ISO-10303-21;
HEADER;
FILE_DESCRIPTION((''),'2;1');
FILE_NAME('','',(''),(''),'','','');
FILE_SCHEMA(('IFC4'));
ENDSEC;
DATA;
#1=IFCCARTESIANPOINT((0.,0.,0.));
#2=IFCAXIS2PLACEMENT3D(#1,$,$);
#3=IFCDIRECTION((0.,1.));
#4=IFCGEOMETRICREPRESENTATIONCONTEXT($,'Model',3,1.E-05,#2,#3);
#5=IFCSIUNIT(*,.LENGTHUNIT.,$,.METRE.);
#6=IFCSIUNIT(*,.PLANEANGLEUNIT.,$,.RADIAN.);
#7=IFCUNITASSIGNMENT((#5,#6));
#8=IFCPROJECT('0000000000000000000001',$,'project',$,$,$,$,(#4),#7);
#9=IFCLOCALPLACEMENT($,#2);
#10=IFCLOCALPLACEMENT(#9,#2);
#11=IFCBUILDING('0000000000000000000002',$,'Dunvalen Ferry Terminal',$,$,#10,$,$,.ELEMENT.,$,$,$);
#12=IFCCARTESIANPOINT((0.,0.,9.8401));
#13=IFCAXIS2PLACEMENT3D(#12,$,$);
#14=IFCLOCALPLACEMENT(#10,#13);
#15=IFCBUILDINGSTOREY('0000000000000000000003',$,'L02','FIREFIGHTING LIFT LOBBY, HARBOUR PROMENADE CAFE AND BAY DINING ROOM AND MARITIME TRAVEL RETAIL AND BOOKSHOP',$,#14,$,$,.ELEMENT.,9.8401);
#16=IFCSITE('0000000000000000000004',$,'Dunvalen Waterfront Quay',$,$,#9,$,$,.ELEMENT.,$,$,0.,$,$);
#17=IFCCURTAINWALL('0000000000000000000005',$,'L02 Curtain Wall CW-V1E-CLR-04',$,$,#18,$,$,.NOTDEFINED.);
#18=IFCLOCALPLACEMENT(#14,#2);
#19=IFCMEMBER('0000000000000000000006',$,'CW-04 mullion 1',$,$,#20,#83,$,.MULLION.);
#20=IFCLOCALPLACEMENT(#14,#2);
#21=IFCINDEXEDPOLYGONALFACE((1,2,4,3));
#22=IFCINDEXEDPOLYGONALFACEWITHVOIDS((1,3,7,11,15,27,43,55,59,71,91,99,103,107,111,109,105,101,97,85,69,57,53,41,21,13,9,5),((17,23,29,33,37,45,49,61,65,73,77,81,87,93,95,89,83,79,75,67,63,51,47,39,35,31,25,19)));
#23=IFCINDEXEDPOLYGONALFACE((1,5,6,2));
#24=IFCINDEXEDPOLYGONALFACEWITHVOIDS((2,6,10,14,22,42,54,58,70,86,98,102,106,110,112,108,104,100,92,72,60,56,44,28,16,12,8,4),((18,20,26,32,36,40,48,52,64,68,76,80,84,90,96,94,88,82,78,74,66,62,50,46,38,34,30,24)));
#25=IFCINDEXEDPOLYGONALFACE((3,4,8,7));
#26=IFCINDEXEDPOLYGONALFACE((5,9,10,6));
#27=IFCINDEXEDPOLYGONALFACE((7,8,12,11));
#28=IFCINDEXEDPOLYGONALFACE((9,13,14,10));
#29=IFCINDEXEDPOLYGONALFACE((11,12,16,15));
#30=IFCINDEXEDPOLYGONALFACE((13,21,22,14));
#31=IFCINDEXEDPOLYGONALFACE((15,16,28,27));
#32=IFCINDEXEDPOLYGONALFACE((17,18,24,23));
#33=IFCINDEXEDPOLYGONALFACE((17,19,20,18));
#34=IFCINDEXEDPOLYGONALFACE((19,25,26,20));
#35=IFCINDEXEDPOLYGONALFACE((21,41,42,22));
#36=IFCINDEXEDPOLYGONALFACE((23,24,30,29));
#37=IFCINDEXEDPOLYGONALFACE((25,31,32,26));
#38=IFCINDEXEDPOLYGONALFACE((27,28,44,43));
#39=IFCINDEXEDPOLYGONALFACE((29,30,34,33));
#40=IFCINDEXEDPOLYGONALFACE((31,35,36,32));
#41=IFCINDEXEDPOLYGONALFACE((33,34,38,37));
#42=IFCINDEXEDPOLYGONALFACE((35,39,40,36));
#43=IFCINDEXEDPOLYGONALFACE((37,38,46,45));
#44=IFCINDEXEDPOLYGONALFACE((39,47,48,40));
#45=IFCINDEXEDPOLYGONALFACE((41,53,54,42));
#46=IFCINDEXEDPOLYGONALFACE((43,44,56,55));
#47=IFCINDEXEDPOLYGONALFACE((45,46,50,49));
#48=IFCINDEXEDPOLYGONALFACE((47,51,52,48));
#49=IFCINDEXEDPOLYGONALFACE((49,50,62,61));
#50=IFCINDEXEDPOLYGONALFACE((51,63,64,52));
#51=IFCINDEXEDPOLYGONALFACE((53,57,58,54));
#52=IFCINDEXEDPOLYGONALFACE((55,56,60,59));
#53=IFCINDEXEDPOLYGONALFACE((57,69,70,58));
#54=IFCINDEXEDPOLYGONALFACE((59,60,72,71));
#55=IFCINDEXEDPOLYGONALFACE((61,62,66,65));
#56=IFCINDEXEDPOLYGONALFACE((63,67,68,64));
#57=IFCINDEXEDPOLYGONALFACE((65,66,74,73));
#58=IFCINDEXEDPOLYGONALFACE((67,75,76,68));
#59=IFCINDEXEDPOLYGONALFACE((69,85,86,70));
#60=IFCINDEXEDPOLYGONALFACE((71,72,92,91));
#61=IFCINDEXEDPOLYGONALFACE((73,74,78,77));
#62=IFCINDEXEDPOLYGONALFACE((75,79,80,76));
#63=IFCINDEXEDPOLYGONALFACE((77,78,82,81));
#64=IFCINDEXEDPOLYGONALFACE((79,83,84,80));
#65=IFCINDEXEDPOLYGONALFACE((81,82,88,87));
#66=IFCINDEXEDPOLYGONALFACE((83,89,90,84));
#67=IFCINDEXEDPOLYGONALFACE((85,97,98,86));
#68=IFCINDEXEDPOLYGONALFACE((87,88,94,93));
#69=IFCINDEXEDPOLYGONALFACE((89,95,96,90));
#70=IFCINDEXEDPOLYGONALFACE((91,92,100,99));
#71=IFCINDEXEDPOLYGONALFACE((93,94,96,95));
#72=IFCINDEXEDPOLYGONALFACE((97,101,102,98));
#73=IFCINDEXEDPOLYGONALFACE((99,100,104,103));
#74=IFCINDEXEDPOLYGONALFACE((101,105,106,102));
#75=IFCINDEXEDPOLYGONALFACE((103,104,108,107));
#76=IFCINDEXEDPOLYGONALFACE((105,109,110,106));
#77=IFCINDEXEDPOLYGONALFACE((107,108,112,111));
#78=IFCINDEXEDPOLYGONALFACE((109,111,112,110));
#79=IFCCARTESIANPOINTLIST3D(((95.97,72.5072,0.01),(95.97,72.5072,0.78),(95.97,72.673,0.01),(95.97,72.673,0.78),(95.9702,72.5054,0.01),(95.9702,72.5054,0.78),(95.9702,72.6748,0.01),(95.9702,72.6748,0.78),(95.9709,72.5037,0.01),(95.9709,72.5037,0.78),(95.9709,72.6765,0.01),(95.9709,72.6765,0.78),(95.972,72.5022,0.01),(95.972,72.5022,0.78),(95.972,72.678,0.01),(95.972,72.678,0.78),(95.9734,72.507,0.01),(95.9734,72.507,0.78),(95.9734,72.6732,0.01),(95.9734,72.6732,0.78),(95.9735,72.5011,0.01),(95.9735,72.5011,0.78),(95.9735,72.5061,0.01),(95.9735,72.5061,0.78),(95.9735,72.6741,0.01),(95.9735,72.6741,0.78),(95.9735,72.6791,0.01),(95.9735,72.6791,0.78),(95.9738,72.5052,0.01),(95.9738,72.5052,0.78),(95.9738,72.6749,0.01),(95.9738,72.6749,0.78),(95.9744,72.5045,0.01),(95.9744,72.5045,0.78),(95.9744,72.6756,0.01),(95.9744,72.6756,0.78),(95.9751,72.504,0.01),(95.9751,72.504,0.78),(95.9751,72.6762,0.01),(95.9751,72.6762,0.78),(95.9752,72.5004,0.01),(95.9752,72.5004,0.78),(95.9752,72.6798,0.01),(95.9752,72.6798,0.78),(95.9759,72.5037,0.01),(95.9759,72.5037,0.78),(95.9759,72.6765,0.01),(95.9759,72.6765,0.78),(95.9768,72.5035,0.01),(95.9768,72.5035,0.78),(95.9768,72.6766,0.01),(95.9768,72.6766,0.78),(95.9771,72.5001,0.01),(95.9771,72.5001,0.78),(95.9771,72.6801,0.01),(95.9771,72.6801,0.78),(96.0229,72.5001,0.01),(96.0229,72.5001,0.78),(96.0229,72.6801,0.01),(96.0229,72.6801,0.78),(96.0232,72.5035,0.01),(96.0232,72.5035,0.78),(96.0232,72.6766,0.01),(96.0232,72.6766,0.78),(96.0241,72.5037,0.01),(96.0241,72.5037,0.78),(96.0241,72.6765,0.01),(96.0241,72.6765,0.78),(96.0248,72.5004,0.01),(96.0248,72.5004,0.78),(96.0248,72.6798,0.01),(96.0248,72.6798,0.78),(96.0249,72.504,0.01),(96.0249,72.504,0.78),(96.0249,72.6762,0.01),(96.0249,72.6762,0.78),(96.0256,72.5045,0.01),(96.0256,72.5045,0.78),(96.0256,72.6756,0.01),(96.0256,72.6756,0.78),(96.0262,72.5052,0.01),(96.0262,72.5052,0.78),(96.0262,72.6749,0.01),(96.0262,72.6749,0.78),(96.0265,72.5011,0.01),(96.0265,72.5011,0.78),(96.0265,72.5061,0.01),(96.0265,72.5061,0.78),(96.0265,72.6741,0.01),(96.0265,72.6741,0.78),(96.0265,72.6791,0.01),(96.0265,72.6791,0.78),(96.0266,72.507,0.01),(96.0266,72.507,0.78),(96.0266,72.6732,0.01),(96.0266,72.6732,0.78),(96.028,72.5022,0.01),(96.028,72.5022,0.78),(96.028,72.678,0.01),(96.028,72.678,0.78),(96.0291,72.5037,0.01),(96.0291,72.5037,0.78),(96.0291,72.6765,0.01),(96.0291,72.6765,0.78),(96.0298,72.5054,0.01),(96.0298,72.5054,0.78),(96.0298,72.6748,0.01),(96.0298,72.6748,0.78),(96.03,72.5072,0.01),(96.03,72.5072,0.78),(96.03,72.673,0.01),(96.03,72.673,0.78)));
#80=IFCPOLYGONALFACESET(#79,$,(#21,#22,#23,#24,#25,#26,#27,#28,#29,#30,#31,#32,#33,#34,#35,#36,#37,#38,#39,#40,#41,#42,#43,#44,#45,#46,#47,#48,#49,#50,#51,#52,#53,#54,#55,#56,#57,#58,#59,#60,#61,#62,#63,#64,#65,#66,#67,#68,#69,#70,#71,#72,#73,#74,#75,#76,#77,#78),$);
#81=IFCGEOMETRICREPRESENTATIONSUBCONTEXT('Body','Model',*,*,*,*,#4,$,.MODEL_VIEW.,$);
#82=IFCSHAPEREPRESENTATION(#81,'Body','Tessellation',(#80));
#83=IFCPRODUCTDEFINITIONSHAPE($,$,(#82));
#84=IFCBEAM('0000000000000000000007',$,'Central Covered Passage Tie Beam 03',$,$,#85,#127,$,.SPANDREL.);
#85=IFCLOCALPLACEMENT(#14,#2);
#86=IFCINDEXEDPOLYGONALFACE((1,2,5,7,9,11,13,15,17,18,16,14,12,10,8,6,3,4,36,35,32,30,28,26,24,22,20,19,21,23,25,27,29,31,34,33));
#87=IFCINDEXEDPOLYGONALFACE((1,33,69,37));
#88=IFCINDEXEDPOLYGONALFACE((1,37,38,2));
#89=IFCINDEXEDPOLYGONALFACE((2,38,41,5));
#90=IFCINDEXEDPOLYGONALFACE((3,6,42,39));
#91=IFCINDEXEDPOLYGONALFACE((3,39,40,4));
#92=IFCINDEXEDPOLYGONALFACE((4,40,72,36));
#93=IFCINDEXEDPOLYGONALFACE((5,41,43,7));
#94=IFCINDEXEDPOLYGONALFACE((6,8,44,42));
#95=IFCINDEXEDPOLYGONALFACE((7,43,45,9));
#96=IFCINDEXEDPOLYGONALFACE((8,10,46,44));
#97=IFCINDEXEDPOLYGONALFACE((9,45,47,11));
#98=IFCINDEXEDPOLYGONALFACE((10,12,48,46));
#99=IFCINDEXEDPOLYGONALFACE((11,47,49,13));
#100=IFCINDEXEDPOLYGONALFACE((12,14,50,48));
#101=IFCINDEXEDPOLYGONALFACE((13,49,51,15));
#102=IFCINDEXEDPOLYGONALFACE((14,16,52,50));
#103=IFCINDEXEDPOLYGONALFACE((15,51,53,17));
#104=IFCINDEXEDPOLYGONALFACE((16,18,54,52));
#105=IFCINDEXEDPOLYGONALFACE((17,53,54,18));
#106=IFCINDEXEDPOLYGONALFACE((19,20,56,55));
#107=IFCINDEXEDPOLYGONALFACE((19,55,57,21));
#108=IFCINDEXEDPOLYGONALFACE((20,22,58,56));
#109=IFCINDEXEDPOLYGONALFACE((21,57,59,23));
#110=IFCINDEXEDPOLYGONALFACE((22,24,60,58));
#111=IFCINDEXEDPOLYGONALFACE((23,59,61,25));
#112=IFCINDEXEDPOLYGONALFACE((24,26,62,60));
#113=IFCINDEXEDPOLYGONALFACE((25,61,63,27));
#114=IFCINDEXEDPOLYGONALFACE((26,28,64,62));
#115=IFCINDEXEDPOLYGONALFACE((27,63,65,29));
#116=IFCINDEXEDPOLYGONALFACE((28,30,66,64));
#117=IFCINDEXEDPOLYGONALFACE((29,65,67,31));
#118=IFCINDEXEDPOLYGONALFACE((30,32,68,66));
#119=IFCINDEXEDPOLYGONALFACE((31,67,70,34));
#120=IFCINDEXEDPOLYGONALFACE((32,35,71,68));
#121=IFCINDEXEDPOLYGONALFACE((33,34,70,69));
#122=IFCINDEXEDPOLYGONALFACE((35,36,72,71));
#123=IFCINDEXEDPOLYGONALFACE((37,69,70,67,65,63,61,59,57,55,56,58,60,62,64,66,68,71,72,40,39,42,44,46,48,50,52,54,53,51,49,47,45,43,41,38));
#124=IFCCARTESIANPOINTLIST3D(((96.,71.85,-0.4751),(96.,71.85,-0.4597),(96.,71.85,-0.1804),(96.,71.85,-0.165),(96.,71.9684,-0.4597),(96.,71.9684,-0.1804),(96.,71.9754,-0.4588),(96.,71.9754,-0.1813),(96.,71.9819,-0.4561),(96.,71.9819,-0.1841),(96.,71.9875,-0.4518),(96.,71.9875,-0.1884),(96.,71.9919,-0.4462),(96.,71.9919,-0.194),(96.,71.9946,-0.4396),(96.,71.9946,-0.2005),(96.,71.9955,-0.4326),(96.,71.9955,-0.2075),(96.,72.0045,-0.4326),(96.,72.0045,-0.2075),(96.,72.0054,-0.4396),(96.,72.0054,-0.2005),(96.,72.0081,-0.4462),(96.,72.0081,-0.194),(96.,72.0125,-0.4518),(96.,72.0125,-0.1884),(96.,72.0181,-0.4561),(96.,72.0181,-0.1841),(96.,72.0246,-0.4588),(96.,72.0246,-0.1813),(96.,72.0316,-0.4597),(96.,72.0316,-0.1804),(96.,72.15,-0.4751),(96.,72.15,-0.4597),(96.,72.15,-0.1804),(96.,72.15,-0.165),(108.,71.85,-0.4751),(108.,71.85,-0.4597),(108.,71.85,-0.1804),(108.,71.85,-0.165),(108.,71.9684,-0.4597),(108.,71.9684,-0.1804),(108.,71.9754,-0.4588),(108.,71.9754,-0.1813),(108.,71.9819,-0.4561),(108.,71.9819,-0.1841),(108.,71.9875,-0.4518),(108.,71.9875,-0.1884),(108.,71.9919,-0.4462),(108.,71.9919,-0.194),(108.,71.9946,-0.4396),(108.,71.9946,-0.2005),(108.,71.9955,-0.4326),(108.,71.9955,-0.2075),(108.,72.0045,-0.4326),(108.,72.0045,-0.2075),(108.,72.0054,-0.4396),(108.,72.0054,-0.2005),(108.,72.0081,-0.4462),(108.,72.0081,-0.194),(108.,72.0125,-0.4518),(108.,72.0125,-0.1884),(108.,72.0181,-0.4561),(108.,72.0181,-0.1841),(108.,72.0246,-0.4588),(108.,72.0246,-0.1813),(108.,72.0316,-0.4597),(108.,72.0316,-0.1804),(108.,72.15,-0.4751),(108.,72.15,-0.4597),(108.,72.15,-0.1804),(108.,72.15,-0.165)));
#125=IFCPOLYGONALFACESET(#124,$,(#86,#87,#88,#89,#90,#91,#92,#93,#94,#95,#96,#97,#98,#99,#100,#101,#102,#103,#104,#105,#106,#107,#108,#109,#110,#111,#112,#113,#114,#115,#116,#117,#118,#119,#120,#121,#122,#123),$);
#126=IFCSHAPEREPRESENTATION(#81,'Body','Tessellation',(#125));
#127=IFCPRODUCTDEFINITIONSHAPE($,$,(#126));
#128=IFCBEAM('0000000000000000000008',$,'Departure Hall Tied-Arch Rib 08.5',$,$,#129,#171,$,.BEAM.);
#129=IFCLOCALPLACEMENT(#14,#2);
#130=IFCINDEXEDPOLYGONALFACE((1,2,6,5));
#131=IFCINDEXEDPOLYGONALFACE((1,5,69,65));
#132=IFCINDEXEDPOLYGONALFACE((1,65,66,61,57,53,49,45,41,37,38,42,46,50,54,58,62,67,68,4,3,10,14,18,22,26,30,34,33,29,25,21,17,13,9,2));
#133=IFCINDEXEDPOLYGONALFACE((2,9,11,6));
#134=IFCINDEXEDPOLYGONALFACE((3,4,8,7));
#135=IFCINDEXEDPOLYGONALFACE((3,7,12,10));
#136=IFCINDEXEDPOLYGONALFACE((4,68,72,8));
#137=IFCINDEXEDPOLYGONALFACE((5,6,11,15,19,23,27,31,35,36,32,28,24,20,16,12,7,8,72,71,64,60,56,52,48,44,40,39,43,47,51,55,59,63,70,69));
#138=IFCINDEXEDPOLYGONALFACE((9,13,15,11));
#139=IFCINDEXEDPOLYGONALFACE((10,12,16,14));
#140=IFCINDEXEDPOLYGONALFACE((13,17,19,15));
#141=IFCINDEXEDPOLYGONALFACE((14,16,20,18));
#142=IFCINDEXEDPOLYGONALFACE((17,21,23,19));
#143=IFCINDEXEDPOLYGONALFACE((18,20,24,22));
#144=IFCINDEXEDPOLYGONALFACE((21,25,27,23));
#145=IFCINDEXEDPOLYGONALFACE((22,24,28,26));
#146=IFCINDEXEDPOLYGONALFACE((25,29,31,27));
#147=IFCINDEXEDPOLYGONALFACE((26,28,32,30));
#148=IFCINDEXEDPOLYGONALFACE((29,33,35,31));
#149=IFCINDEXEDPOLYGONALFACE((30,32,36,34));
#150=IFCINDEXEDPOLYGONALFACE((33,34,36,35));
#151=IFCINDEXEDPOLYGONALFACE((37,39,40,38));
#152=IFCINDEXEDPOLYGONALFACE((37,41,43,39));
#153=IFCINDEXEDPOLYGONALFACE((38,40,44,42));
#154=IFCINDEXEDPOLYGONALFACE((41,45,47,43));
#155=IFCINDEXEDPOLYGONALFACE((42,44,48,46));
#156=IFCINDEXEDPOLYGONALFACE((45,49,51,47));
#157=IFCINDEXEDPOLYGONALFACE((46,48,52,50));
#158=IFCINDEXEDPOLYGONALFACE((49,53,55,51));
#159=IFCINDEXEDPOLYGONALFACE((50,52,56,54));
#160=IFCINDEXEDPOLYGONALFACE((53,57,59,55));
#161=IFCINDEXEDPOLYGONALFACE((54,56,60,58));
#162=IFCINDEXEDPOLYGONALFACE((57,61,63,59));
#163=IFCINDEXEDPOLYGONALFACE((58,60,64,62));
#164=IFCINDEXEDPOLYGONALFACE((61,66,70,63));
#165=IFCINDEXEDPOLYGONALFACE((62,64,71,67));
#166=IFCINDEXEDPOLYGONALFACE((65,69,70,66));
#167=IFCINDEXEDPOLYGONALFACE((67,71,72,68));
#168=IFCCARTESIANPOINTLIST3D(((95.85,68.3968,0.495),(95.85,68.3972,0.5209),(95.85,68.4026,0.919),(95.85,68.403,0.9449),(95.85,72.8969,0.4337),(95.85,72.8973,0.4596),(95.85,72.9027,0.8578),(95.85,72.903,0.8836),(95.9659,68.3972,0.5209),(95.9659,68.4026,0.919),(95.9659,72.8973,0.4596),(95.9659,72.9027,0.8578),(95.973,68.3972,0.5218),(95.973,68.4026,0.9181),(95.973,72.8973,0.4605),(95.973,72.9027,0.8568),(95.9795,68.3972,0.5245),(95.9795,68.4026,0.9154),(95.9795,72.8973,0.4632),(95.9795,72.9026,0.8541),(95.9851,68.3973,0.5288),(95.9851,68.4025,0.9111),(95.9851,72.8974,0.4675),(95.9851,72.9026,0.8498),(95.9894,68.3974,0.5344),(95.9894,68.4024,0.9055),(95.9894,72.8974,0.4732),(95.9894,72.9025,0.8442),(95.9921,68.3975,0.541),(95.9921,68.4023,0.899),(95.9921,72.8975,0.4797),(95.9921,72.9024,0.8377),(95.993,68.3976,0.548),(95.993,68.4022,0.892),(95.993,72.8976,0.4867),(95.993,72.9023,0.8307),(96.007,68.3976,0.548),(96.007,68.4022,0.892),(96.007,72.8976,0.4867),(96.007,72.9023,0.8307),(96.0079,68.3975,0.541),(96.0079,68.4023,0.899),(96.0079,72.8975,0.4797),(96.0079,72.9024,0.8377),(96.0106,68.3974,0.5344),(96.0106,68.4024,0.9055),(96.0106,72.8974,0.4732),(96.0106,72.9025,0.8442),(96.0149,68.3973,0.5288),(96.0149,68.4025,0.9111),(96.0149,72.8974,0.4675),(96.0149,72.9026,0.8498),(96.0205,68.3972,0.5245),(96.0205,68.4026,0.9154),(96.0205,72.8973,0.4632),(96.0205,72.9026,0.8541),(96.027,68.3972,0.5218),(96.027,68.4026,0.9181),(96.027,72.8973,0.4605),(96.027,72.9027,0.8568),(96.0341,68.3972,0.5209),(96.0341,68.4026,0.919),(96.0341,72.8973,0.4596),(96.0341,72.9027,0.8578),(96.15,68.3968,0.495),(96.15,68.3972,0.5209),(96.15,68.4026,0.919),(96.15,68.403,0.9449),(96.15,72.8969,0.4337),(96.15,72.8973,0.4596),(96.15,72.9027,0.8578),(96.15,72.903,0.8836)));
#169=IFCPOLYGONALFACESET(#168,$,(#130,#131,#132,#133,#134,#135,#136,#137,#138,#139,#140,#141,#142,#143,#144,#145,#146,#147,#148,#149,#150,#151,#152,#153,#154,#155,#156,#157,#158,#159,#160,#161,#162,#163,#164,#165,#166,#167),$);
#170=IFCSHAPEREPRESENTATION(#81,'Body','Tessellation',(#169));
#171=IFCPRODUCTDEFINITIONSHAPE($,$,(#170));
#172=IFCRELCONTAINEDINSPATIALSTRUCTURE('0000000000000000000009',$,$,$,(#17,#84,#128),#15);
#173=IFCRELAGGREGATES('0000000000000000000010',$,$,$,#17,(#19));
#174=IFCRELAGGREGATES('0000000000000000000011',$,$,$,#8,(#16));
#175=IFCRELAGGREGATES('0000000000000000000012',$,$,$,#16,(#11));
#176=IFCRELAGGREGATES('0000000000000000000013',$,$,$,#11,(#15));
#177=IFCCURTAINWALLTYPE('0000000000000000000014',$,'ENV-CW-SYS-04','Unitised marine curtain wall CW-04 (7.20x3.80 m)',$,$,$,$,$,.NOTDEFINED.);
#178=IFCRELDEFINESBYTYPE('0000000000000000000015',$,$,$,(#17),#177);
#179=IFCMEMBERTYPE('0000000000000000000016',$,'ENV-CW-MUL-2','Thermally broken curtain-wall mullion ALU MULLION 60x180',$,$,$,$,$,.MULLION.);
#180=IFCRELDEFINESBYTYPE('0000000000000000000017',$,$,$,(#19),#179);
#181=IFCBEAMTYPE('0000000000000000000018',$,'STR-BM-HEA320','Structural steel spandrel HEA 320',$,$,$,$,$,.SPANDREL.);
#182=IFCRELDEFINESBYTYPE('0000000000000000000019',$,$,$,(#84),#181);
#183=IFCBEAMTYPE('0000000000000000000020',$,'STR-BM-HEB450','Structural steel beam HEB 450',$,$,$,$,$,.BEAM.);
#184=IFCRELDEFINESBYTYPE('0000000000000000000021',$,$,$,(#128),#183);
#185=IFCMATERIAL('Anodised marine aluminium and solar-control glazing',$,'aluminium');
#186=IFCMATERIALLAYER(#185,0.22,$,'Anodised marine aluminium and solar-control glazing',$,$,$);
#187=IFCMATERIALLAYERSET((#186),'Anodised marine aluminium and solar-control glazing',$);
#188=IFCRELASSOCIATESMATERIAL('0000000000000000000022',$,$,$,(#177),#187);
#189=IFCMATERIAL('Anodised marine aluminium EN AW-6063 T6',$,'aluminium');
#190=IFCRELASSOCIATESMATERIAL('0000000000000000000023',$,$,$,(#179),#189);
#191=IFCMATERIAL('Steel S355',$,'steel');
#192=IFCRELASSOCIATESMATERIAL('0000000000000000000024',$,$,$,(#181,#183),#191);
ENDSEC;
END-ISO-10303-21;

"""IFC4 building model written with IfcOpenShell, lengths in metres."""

from ifc_helpers import new_model, si_unit, direction, frame, origin, origin_2d, place, context, subcontext, project, spatial, hollow_rectangle, i_section, extrude, material, layer, layer_set, material_profile, profile_set, type_object, element, aggregate, save


model = new_model("IFC4")

# Units and contexts
model_context = context("Model", 3, precision=1e-05, world=origin(), true_north=direction((0.0, 1.0)))
body_context = subcontext(model_context, "Body", "Model", "MODEL_VIEW")
ifc_project = project(units=[si_unit("LENGTHUNIT", "METRE"), si_unit("PLANEANGLEUNIT", "RADIAN")], contexts=[model_context])

# Site, building, storey
site_placement = place(None, origin())
site = spatial("IfcSite", under=ifc_project, at=site_placement, Name="Dunvalen Waterfront Quay", CompositionType="ELEMENT", RefElevation=0.0)
building_placement = place(site_placement, origin())
building = spatial("IfcBuilding", under=site, at=building_placement, Name="Dunvalen Ferry Terminal", CompositionType="ELEMENT")
storey_placement = place(building_placement, frame((0.0, 0.0, 9.8401)))
storey = spatial("IfcBuildingStorey", under=building, at=storey_placement, Name="L02", Description="FIREFIGHTING LIFT LOBBY, HARBOUR PROMENADE CAFE AND BAY DINING ROOM AND MARITIME TRAVEL RETAIL AND BOOKSHOP", CompositionType="ELEMENT", Elevation=9.8401)

# Curtain wall, member
ifc_material_1 = material(Name="Anodised marine aluminium and solar-control glazing", Category="aluminium")
ifc_layer_1 = layer(ifc_material_1, 0.22, Name="Anodised marine aluminium and solar-control glazing")
ifc_layer_set_1 = layer_set([ifc_layer_1], Name="Anodised marine aluminium and solar-control glazing")
curtain_wall_type = type_object("IfcCurtainWallType", Name="ENV-CW-SYS-04", Description="Unitised marine curtain wall CW-04 (7.20x3.80 m)", PredefinedType="NOTDEFINED", material=ifc_layer_set_1)
curtain_wall_placement = place(storey_placement, origin())
curtain_wall = element("IfcCurtainWall", 1, at=curtain_wall_placement, inside=storey, type_object=curtain_wall_type, Name="L02 Curtain Wall CW-V1E-CLR-04", PredefinedType="NOTDEFINED")
ifc_material_2 = material(Name="Anodised marine aluminium EN AW-6063 T6", Category="aluminium")
ifc_material_profile_1 = material_profile(ifc_material_2, hollow_rectangle(XDim=0.0601, YDim=0.1799, WallThickness=0.0034, InnerFilletRadius=0.0034, OuterFilletRadius=0.0071, at=origin_2d()), Name="Anodised marine aluminium EN AW-6063 T6")
ifc_profile_set_1 = profile_set([ifc_material_profile_1], Name="Anodised marine aluminium EN AW-6063 T6")
member_type_1 = type_object("IfcMemberType", Name="ENV-CW-MUL-2", Description="Thermally broken curtain-wall mullion ALU MULLION 60x180", PredefinedType="MULLION", material=ifc_profile_set_1)
member_1_placement = place(storey_placement, frame((96.0, 72.5901, 0.01), z_axis=(0.0, 0.0, 1.0), x_axis=(-1.0, 0.0, 0.0)))
member_1 = element("IfcMember", 2, at=member_1_placement, type_object=member_type_1, Name="CW-04 mullion 1", PredefinedType="MULLION", context=body_context, shape_type="SweptSolid", body=[
    extrude(hollow_rectangle(XDim=0.0601, YDim=0.1799, WallThickness=0.0034, InnerFilletRadius=0.0034, OuterFilletRadius=0.0071, at=origin_2d()), origin(), (0.0, 0.0, 1.0), 0.77),
])
aggregate(curtain_wall, [member_1])

# Beams
ifc_material_3 = material(Name="Steel S355", Category="steel")
ifc_material_profile_2 = material_profile(ifc_material_3, i_section(OverallWidth=0.3, OverallDepth=0.3101, WebThickness=0.009, FlangeThickness=0.0154, FilletRadius=0.0271, at=origin_2d()), Name="Steel S355")
ifc_profile_set_2 = profile_set([ifc_material_profile_2], Name="Steel S355")
beam_type_1 = type_object("IfcBeamType", Name="STR-BM-HEA320", Description="Structural steel spandrel HEA 320", PredefinedType="SPANDREL", material=ifc_profile_set_2)
beam_1_placement = place(storey_placement, frame((96.0, 72.0, -0.3201), z_axis=(1.0, 0.0, 0.0), x_axis=(0.0, 1.0, 0.0)))
element("IfcBeam", 3, at=beam_1_placement, inside=storey, type_object=beam_type_1, Name="Central Covered Passage Tie Beam 03", PredefinedType="SPANDREL", context=body_context, shape_type="SweptSolid", body=[
    extrude(i_section(OverallWidth=0.3, OverallDepth=0.3101, WebThickness=0.009, FlangeThickness=0.0154, FilletRadius=0.0271, at=origin_2d()), origin(), (0.0, 0.0, 1.0), 12.0),
])
ifc_material_profile_3 = material_profile(ifc_material_3, i_section(OverallWidth=0.3, OverallDepth=0.45, WebThickness=0.0139, FlangeThickness=0.0259, FilletRadius=0.0271, at=origin_2d()), Name="Steel S355")
ifc_profile_set_3 = profile_set([ifc_material_profile_3], Name="Steel S355")
beam_type_2 = type_object("IfcBeamType", Name="STR-BM-HEB450", Description="Structural steel beam HEB 450", PredefinedType="BEAM", material=ifc_profile_set_3)
beam_2_placement = place(storey_placement, frame((96.0, 68.3999, 0.72), z_axis=(0.0, 0.999907, -0.013616), x_axis=(-1.0, 0.0, 0.0)))
element("IfcBeam", 4, at=beam_2_placement, inside=storey, type_object=beam_type_2, Name="Departure Hall Tied-Arch Rib 08.5", PredefinedType="BEAM", context=body_context, shape_type="SweptSolid", body=[
    extrude(i_section(OverallWidth=0.3, OverallDepth=0.45, WebThickness=0.0139, FlangeThickness=0.0259, FilletRadius=0.0271, at=origin_2d()), origin(), (0.0, 0.0, 1.0), 4.5005),
])

save(model, "model.ifc")
